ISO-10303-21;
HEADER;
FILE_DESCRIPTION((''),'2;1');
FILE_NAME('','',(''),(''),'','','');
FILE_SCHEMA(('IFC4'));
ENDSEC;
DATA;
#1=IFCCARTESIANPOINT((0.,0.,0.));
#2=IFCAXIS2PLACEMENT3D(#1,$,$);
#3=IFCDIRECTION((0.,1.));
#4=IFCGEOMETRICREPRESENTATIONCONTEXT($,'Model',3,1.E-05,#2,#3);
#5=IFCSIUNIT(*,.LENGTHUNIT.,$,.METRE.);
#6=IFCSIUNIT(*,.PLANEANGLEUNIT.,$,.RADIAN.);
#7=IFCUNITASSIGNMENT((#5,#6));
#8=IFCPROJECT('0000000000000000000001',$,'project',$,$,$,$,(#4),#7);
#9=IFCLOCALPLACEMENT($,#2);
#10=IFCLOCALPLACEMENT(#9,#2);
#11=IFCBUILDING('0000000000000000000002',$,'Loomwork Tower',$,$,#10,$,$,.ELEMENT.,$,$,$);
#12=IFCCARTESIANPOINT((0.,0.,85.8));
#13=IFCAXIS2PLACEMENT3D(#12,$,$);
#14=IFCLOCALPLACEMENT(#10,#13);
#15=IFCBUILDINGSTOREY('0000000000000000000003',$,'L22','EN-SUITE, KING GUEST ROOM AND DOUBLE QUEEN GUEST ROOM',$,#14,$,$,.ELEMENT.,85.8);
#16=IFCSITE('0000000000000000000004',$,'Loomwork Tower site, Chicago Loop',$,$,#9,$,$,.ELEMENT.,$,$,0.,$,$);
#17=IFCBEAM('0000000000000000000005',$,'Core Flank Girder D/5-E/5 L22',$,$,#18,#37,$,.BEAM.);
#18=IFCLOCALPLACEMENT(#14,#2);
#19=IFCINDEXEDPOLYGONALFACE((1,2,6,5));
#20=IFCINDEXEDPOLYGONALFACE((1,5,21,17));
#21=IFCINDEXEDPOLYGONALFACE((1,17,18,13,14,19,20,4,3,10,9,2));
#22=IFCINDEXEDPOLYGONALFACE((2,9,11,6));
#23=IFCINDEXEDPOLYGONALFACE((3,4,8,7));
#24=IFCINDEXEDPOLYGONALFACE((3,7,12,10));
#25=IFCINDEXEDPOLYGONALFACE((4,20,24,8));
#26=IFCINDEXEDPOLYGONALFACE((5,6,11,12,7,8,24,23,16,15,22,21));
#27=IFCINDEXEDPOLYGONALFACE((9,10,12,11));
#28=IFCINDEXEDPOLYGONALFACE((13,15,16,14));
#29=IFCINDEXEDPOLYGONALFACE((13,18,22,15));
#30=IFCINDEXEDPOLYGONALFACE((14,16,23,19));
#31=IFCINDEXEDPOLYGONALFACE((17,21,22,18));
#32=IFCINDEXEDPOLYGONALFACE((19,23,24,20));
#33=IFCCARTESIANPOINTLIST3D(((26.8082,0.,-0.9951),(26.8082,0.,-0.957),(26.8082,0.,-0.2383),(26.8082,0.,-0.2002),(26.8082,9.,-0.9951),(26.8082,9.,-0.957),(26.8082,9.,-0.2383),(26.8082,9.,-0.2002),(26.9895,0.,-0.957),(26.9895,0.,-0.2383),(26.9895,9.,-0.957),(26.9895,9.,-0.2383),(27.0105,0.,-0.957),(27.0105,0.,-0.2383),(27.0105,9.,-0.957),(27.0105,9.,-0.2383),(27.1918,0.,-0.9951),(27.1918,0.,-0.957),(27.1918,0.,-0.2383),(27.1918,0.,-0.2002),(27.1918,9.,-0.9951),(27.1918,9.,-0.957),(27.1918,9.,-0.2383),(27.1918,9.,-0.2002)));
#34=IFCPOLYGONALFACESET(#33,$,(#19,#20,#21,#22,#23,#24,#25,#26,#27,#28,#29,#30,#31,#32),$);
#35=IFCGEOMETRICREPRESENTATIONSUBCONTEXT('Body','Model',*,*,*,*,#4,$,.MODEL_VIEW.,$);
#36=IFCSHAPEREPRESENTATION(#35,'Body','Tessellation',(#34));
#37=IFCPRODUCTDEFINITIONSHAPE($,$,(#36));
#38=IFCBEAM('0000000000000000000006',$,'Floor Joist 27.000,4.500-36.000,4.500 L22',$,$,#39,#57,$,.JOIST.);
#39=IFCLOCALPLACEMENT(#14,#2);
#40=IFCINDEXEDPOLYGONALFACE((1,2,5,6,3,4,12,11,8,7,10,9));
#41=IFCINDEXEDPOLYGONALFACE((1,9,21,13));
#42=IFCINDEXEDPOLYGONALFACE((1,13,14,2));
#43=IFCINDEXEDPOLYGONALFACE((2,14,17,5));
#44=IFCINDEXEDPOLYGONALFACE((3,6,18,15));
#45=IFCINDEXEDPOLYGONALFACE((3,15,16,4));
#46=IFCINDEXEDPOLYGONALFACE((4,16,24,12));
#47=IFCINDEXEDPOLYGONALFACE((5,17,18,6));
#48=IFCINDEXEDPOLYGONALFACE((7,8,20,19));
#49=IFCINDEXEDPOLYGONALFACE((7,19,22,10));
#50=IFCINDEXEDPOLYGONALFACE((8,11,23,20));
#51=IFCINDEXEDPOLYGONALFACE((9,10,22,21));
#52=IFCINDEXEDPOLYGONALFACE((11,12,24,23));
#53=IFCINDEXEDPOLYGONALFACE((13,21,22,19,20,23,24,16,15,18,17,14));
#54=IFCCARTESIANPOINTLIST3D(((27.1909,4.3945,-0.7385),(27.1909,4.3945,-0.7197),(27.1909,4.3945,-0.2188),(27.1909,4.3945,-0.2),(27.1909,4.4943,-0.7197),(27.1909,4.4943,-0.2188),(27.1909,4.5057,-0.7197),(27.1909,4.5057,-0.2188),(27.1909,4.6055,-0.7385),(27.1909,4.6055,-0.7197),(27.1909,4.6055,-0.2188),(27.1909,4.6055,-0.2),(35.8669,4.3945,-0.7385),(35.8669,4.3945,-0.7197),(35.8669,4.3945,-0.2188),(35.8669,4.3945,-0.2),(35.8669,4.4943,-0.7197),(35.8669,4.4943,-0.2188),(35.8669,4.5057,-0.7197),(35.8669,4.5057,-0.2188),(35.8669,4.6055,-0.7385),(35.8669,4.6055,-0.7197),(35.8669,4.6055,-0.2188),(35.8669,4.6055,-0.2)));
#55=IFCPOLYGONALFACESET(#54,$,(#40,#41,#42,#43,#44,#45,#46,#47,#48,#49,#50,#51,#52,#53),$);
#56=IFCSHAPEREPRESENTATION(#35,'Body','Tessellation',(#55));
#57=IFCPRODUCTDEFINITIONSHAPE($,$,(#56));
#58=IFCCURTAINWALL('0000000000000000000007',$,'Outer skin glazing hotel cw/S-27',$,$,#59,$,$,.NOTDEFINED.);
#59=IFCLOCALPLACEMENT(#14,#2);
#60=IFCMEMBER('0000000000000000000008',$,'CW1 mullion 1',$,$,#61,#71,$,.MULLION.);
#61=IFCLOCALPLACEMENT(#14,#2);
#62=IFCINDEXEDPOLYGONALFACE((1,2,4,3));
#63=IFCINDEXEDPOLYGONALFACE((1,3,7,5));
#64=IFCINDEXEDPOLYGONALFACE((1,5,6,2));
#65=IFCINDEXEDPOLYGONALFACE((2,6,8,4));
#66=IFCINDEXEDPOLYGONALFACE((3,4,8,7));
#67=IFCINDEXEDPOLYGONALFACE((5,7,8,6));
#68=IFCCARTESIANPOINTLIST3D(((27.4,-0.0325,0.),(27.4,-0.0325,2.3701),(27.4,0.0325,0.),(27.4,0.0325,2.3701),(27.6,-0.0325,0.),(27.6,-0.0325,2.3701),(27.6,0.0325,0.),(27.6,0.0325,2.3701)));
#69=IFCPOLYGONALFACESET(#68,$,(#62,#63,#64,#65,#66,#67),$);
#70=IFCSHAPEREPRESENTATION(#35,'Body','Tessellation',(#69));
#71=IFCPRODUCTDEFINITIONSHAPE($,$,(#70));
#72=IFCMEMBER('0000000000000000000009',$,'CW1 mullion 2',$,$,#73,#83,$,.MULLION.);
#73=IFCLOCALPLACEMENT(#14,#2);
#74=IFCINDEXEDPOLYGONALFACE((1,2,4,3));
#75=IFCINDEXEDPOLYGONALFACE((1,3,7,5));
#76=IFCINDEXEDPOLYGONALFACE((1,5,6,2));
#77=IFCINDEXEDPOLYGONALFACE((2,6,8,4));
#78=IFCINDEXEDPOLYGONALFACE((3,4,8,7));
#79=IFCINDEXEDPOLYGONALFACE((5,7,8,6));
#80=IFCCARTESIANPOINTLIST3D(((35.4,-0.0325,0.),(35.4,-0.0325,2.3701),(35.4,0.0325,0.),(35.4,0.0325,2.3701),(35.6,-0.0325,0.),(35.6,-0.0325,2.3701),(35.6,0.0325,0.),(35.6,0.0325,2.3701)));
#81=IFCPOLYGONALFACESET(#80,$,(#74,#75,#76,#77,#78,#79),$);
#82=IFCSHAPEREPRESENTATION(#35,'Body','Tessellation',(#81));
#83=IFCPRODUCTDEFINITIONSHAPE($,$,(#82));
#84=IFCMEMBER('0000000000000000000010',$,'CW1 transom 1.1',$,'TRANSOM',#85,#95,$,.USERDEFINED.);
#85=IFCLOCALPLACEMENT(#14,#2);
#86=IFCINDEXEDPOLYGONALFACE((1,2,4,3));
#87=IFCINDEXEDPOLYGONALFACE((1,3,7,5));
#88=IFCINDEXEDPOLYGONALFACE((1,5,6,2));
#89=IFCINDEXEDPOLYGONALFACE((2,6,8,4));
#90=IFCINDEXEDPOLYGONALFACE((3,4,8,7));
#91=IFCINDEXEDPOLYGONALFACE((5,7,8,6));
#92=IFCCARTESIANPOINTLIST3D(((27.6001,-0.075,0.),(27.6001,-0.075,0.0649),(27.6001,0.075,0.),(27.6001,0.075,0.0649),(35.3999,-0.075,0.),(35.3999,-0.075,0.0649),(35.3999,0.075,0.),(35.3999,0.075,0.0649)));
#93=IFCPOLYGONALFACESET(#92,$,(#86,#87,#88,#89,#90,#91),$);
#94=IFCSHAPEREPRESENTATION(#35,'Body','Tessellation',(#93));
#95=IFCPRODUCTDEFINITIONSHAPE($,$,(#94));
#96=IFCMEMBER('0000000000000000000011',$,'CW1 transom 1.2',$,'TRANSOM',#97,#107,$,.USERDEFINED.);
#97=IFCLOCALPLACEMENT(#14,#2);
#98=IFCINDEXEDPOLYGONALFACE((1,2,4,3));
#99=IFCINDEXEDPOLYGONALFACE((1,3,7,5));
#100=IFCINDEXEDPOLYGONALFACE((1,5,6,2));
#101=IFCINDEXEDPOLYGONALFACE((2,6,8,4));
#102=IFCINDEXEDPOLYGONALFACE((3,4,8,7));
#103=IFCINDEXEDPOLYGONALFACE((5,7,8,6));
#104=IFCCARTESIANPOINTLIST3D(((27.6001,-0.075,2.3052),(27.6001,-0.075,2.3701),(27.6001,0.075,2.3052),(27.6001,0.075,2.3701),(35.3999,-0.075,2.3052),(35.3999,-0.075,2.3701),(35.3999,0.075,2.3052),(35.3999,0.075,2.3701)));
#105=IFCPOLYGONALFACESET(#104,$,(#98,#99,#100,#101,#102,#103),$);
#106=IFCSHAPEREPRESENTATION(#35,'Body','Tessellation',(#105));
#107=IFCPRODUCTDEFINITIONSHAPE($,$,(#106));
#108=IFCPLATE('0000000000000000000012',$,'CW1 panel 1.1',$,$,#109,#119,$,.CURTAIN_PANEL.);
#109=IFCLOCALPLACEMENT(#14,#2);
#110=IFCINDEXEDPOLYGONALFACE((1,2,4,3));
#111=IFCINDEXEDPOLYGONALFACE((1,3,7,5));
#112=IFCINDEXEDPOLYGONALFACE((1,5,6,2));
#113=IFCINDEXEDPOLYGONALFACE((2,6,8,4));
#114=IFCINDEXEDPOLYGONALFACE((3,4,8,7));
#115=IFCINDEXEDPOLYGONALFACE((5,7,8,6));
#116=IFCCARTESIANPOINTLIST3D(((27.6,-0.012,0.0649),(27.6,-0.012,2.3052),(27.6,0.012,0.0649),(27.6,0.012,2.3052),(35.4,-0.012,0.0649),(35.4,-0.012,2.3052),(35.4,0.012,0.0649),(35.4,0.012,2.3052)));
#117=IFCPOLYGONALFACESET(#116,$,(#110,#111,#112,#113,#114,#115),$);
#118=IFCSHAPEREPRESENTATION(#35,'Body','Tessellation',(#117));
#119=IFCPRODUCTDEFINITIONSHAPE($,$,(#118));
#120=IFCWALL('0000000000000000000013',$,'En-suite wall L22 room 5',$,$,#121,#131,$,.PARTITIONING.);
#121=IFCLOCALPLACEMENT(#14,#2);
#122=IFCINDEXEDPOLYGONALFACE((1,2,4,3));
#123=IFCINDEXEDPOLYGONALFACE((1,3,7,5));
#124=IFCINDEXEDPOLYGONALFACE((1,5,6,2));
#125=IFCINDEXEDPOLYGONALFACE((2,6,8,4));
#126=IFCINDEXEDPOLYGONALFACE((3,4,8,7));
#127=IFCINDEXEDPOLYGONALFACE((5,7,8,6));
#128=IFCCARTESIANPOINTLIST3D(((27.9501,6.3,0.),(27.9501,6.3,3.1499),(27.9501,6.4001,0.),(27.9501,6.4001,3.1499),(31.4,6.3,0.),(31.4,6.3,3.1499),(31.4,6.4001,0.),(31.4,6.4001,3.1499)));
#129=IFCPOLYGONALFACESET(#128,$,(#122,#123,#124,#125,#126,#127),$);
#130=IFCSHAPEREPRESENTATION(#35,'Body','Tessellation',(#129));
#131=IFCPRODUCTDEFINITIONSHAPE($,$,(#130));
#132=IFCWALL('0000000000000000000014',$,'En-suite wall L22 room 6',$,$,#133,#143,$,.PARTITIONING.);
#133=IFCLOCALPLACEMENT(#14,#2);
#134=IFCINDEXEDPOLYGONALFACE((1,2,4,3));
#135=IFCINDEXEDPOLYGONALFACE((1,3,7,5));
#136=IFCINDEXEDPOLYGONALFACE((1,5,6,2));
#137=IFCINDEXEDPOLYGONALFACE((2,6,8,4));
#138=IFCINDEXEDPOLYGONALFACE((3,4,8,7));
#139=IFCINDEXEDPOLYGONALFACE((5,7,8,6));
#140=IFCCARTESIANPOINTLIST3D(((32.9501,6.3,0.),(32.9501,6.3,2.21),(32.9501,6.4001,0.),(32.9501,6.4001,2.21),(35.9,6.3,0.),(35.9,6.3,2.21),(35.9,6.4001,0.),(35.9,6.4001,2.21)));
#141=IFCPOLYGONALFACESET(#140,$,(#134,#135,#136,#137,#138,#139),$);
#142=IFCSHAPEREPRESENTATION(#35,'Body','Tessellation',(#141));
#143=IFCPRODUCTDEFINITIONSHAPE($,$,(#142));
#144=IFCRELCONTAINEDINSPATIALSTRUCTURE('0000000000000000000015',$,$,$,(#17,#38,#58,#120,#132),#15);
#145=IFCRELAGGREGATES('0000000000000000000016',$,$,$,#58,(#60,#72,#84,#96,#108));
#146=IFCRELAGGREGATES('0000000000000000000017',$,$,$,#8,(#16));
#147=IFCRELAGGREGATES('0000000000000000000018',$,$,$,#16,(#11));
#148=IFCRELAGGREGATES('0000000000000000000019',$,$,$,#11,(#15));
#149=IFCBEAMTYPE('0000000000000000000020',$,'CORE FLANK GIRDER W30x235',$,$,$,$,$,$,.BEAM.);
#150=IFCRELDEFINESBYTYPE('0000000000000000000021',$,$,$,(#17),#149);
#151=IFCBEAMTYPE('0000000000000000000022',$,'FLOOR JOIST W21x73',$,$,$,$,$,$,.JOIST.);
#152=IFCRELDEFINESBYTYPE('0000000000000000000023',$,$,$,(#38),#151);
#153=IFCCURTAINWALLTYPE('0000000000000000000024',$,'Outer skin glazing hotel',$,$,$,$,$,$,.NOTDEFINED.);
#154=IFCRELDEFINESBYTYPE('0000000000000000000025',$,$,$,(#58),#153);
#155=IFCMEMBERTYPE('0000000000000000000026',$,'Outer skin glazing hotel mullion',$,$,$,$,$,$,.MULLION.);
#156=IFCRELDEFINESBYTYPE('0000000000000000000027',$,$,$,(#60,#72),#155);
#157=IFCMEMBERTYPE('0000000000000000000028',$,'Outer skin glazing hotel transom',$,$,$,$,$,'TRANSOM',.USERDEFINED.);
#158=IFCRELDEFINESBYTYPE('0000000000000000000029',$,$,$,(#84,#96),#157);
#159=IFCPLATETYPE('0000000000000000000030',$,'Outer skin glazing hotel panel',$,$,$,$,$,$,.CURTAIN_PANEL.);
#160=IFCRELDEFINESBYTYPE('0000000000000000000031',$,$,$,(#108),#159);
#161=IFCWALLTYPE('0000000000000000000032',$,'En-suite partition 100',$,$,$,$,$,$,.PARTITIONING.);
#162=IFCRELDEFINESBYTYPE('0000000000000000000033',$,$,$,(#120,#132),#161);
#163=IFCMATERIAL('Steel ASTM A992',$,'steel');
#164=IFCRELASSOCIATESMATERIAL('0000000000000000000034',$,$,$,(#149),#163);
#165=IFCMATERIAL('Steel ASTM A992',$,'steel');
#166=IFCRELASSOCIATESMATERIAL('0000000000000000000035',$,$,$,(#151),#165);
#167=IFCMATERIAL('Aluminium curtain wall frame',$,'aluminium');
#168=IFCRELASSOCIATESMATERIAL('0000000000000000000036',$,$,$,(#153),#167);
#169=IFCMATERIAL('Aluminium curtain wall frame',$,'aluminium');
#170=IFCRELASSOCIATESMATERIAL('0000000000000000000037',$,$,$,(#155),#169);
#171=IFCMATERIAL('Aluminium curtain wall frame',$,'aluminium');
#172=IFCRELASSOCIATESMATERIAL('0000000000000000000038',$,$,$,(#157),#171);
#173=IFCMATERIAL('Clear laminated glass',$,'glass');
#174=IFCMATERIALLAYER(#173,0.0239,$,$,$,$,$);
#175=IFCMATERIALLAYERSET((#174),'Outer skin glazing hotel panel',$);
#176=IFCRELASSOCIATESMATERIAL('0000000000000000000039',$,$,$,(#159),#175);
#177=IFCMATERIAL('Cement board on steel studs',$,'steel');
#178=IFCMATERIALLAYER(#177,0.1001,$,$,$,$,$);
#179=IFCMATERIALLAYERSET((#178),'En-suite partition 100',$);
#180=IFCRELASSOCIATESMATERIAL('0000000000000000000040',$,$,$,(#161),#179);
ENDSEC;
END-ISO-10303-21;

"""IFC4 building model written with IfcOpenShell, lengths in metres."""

from ifc_helpers import new_model, si_unit, direction, frame, frame_2d, origin, origin_2d, place, context, subcontext, project, spatial, rectangle, i_section, extrude, material, layer, layer_set, material_profile, profile_set, type_object, element, aggregate, save


model = new_model("IFC4")

# Units and contexts
model_context = context("Model", 3, precision=1e-05, world=origin(), true_north=direction((0.0, 1.0)))
body_context = subcontext(model_context, "Body", "Model", "MODEL_VIEW")
ifc_project = project(units=[si_unit("LENGTHUNIT", "METRE"), si_unit("PLANEANGLEUNIT", "RADIAN")], contexts=[model_context])

# Site, building, storey
site_placement = place(None, origin())
site = spatial("IfcSite", under=ifc_project, at=site_placement, Name="Loomwork Tower site, Chicago Loop", CompositionType="ELEMENT", RefElevation=0.0)
building_placement = place(site_placement, origin())
building = spatial("IfcBuilding", under=site, at=building_placement, Name="Loomwork Tower", CompositionType="ELEMENT")
storey_placement = place(building_placement, frame((0.0, 0.0, 85.8)))
storey = spatial("IfcBuildingStorey", under=building, at=storey_placement, Name="L22", Description="EN-SUITE, KING GUEST ROOM AND DOUBLE QUEEN GUEST ROOM", CompositionType="ELEMENT", Elevation=85.8)

# Beams
ifc_material_1 = material(Name="Steel ASTM A992", Category="steel")
ifc_material_profile_1 = material_profile(ifc_material_1, i_section(OverallWidth=0.3835, OverallDepth=0.7949, WebThickness=0.021, FlangeThickness=0.0381, at=origin_2d()), Name="W30x235")
ifc_profile_set_1 = profile_set([ifc_material_profile_1], Name="Steel ASTM A992")
beam_type_1 = type_object("IfcBeamType", Name="CORE FLANK GIRDER W30x235", PredefinedType="BEAM", material=ifc_profile_set_1)
beam_1_placement = place(storey_placement, frame((27.0, 0.0, -0.5977), z_axis=(0.0, 1.0, 0.0), x_axis=(-1.0, 0.0, 0.0)))
element("IfcBeam", 1, at=beam_1_placement, inside=storey, type_object=beam_type_1, Name="Core Flank Girder D/5-E/5 L22", PredefinedType="BEAM", context=body_context, shape_type="SweptSolid", body=[
    extrude(i_section(OverallWidth=0.3835, OverallDepth=0.7949, WebThickness=0.021, FlangeThickness=0.0381, at=origin_2d()), origin(), (0.0, 0.0, 1.0), 9.0),
])
ifc_material_2 = material(Name="Steel ASTM A992", Category="steel")
ifc_material_profile_2 = material_profile(ifc_material_2, i_section(OverallWidth=0.2109, OverallDepth=0.5386, WebThickness=0.0115, FlangeThickness=0.0188, at=origin_2d()), Name="W21x73")
ifc_profile_set_2 = profile_set([ifc_material_profile_2], Name="Steel ASTM A992")
beam_type_2 = type_object("IfcBeamType", Name="FLOOR JOIST W21x73", PredefinedType="JOIST", material=ifc_profile_set_2)
beam_2_placement = place(storey_placement, frame((27.1909, 4.5, -0.4692), z_axis=(1.0, 0.0, 0.0), x_axis=(0.0, 1.0, 0.0)))
element("IfcBeam", 2, at=beam_2_placement, inside=storey, type_object=beam_type_2, Name="Floor Joist 27.000,4.500-36.000,4.500 L22", PredefinedType="JOIST", context=body_context, shape_type="SweptSolid", body=[
    extrude(i_section(OverallWidth=0.2109, OverallDepth=0.5386, WebThickness=0.0115, FlangeThickness=0.0188, at=origin_2d()), origin(), (0.0, 0.0, 1.0), 8.676),
])

# Curtain wall, members, plate
ifc_material_3 = material(Name="Aluminium curtain wall frame", Category="aluminium")
curtain_wall_type = type_object("IfcCurtainWallType", Name="Outer skin glazing hotel", PredefinedType="NOTDEFINED", material=ifc_material_3)
curtain_wall_placement = place(storey_placement, origin())
curtain_wall = element("IfcCurtainWall", 3, at=curtain_wall_placement, inside=storey, type_object=curtain_wall_type, Name="Outer skin glazing hotel cw/S-27", PredefinedType="NOTDEFINED")
ifc_material_4 = material(Name="Aluminium curtain wall frame", Category="aluminium")
ifc_material_profile_3 = material_profile(ifc_material_4, rectangle(XDim=0.0649, YDim=0.2, at=origin_2d()), Name="AL 65x200")
ifc_profile_set_3 = profile_set([ifc_material_profile_3], Name="Aluminium curtain wall frame")
member_type_1 = type_object("IfcMemberType", Name="Outer skin glazing hotel mullion", PredefinedType="MULLION", material=ifc_profile_set_3)
member_1_placement = place(storey_placement, frame((27.5, 0.0, 0.0), z_axis=(0.0, 0.0, 1.0), x_axis=(0.0, 1.0, 0.0)))
member_1 = element("IfcMember", 4, at=member_1_placement, type_object=member_type_1, Name="CW1 mullion 1", PredefinedType="MULLION", context=body_context, shape_type="SweptSolid", body=[
    extrude(rectangle(XDim=0.0649, YDim=0.2, at=origin_2d()), origin(), (0.0, 0.0, 1.0), 2.3701),
])
member_2_placement = place(storey_placement, frame((35.5, 0.0, 0.0), z_axis=(0.0, 0.0, 1.0), x_axis=(0.0, 1.0, 0.0)))
member_2 = element("IfcMember", 5, at=member_2_placement, type_object=member_type_1, Name="CW1 mullion 2", PredefinedType="MULLION", context=body_context, shape_type="SweptSolid", body=[
    extrude(rectangle(XDim=0.0649, YDim=0.2, at=origin_2d()), origin(), (0.0, 0.0, 1.0), 2.3701),
])
ifc_material_5 = material(Name="Aluminium curtain wall frame", Category="aluminium")
ifc_material_profile_4 = material_profile(ifc_material_5, rectangle(XDim=0.1499, YDim=0.0649, at=origin_2d()), Name="AL 65x150")
ifc_profile_set_4 = profile_set([ifc_material_profile_4], Name="Aluminium curtain wall frame")
member_type_2 = type_object("IfcMemberType", Name="Outer skin glazing hotel transom", ElementType="TRANSOM", PredefinedType="USERDEFINED", material=ifc_profile_set_4)
member_3_placement = place(storey_placement, frame((27.6001, 0.0, 0.0325), z_axis=(1.0, 0.0, 0.0), x_axis=(0.0, 1.0, 0.0)))
member_3 = element("IfcMember", 6, at=member_3_placement, type_object=member_type_2, Name="CW1 transom 1.1", ObjectType="TRANSOM", PredefinedType="USERDEFINED", context=body_context, shape_type="SweptSolid", body=[
    extrude(rectangle(XDim=0.1499, YDim=0.0649, at=origin_2d()), origin(), (0.0, 0.0, 1.0), 7.7998),
])
member_4_placement = place(storey_placement, frame((27.6001, 0.0, 2.3376), z_axis=(1.0, 0.0, 0.0), x_axis=(0.0, 1.0, 0.0)))
member_4 = element("IfcMember", 7, at=member_4_placement, type_object=member_type_2, Name="CW1 transom 1.2", ObjectType="TRANSOM", PredefinedType="USERDEFINED", context=body_context, shape_type="SweptSolid", body=[
    extrude(rectangle(XDim=0.1499, YDim=0.0649, at=origin_2d()), origin(), (0.0, 0.0, 1.0), 7.7998),
])
ifc_material_6 = material(Name="Clear laminated glass", Category="glass")
ifc_layer_1 = layer(ifc_material_6, 0.0239)
ifc_layer_set_1 = layer_set([ifc_layer_1], Name="Outer skin glazing hotel panel")
plate_type = type_object("IfcPlateType", Name="Outer skin glazing hotel panel", PredefinedType="CURTAIN_PANEL", material=ifc_layer_set_1)
plate_placement = place(storey_placement, frame((31.5, 0.0, 0.0649), z_axis=(0.0, 0.0, 1.0), x_axis=(1.0, 0.0, 0.0)))
plate = element("IfcPlate", 8, at=plate_placement, type_object=plate_type, Name="CW1 panel 1.1", PredefinedType="CURTAIN_PANEL", context=body_context, shape_type="SweptSolid", body=[
    extrude(rectangle(XDim=7.8, YDim=0.0239, at=origin_2d()), origin(), (0.0, 0.0, 1.0), 2.2402),
])
aggregate(curtain_wall, [member_1, member_2, member_3, member_4, plate])

# Walls
ifc_material_7 = material(Name="Cement board on steel studs", Category="steel")
ifc_layer_2 = layer(ifc_material_7, 0.1001)
ifc_layer_set_2 = layer_set([ifc_layer_2], Name="En-suite partition 100")
wall_type_1 = type_object("IfcWallType", Name="En-suite partition 100", PredefinedType="PARTITIONING", material=ifc_layer_set_2)
wall_1_placement = place(storey_placement, frame((27.95, 6.3501, 0.0), z_axis=(0.0, 0.0, 1.0), x_axis=(1.0, 0.0, 0.0)))
element("IfcWall", 9, at=wall_1_placement, inside=storey, type_object=wall_type_1, Name="En-suite wall L22 room 5", PredefinedType="PARTITIONING", context=body_context, shape_type="SweptSolid", body=[
    extrude(rectangle(XDim=3.45, YDim=0.1001, at=frame_2d((1.7251, 0.0))), origin(), (0.0, 0.0, 1.0), 3.1499),
])
wall_2_placement = place(storey_placement, frame((32.95, 6.3501, 0.0), z_axis=(0.0, 0.0, 1.0), x_axis=(1.0, 0.0, 0.0)))
element("IfcWall", 10, at=wall_2_placement, inside=storey, type_object=wall_type_1, Name="En-suite wall L22 room 6", PredefinedType="PARTITIONING", context=body_context, shape_type="SweptSolid", body=[
    extrude(rectangle(XDim=2.95, YDim=0.1001, at=frame_2d((1.4751, 0.0))), origin(), (0.0, 0.0, 1.0), 2.21),
])

save(model, "model.ifc")
